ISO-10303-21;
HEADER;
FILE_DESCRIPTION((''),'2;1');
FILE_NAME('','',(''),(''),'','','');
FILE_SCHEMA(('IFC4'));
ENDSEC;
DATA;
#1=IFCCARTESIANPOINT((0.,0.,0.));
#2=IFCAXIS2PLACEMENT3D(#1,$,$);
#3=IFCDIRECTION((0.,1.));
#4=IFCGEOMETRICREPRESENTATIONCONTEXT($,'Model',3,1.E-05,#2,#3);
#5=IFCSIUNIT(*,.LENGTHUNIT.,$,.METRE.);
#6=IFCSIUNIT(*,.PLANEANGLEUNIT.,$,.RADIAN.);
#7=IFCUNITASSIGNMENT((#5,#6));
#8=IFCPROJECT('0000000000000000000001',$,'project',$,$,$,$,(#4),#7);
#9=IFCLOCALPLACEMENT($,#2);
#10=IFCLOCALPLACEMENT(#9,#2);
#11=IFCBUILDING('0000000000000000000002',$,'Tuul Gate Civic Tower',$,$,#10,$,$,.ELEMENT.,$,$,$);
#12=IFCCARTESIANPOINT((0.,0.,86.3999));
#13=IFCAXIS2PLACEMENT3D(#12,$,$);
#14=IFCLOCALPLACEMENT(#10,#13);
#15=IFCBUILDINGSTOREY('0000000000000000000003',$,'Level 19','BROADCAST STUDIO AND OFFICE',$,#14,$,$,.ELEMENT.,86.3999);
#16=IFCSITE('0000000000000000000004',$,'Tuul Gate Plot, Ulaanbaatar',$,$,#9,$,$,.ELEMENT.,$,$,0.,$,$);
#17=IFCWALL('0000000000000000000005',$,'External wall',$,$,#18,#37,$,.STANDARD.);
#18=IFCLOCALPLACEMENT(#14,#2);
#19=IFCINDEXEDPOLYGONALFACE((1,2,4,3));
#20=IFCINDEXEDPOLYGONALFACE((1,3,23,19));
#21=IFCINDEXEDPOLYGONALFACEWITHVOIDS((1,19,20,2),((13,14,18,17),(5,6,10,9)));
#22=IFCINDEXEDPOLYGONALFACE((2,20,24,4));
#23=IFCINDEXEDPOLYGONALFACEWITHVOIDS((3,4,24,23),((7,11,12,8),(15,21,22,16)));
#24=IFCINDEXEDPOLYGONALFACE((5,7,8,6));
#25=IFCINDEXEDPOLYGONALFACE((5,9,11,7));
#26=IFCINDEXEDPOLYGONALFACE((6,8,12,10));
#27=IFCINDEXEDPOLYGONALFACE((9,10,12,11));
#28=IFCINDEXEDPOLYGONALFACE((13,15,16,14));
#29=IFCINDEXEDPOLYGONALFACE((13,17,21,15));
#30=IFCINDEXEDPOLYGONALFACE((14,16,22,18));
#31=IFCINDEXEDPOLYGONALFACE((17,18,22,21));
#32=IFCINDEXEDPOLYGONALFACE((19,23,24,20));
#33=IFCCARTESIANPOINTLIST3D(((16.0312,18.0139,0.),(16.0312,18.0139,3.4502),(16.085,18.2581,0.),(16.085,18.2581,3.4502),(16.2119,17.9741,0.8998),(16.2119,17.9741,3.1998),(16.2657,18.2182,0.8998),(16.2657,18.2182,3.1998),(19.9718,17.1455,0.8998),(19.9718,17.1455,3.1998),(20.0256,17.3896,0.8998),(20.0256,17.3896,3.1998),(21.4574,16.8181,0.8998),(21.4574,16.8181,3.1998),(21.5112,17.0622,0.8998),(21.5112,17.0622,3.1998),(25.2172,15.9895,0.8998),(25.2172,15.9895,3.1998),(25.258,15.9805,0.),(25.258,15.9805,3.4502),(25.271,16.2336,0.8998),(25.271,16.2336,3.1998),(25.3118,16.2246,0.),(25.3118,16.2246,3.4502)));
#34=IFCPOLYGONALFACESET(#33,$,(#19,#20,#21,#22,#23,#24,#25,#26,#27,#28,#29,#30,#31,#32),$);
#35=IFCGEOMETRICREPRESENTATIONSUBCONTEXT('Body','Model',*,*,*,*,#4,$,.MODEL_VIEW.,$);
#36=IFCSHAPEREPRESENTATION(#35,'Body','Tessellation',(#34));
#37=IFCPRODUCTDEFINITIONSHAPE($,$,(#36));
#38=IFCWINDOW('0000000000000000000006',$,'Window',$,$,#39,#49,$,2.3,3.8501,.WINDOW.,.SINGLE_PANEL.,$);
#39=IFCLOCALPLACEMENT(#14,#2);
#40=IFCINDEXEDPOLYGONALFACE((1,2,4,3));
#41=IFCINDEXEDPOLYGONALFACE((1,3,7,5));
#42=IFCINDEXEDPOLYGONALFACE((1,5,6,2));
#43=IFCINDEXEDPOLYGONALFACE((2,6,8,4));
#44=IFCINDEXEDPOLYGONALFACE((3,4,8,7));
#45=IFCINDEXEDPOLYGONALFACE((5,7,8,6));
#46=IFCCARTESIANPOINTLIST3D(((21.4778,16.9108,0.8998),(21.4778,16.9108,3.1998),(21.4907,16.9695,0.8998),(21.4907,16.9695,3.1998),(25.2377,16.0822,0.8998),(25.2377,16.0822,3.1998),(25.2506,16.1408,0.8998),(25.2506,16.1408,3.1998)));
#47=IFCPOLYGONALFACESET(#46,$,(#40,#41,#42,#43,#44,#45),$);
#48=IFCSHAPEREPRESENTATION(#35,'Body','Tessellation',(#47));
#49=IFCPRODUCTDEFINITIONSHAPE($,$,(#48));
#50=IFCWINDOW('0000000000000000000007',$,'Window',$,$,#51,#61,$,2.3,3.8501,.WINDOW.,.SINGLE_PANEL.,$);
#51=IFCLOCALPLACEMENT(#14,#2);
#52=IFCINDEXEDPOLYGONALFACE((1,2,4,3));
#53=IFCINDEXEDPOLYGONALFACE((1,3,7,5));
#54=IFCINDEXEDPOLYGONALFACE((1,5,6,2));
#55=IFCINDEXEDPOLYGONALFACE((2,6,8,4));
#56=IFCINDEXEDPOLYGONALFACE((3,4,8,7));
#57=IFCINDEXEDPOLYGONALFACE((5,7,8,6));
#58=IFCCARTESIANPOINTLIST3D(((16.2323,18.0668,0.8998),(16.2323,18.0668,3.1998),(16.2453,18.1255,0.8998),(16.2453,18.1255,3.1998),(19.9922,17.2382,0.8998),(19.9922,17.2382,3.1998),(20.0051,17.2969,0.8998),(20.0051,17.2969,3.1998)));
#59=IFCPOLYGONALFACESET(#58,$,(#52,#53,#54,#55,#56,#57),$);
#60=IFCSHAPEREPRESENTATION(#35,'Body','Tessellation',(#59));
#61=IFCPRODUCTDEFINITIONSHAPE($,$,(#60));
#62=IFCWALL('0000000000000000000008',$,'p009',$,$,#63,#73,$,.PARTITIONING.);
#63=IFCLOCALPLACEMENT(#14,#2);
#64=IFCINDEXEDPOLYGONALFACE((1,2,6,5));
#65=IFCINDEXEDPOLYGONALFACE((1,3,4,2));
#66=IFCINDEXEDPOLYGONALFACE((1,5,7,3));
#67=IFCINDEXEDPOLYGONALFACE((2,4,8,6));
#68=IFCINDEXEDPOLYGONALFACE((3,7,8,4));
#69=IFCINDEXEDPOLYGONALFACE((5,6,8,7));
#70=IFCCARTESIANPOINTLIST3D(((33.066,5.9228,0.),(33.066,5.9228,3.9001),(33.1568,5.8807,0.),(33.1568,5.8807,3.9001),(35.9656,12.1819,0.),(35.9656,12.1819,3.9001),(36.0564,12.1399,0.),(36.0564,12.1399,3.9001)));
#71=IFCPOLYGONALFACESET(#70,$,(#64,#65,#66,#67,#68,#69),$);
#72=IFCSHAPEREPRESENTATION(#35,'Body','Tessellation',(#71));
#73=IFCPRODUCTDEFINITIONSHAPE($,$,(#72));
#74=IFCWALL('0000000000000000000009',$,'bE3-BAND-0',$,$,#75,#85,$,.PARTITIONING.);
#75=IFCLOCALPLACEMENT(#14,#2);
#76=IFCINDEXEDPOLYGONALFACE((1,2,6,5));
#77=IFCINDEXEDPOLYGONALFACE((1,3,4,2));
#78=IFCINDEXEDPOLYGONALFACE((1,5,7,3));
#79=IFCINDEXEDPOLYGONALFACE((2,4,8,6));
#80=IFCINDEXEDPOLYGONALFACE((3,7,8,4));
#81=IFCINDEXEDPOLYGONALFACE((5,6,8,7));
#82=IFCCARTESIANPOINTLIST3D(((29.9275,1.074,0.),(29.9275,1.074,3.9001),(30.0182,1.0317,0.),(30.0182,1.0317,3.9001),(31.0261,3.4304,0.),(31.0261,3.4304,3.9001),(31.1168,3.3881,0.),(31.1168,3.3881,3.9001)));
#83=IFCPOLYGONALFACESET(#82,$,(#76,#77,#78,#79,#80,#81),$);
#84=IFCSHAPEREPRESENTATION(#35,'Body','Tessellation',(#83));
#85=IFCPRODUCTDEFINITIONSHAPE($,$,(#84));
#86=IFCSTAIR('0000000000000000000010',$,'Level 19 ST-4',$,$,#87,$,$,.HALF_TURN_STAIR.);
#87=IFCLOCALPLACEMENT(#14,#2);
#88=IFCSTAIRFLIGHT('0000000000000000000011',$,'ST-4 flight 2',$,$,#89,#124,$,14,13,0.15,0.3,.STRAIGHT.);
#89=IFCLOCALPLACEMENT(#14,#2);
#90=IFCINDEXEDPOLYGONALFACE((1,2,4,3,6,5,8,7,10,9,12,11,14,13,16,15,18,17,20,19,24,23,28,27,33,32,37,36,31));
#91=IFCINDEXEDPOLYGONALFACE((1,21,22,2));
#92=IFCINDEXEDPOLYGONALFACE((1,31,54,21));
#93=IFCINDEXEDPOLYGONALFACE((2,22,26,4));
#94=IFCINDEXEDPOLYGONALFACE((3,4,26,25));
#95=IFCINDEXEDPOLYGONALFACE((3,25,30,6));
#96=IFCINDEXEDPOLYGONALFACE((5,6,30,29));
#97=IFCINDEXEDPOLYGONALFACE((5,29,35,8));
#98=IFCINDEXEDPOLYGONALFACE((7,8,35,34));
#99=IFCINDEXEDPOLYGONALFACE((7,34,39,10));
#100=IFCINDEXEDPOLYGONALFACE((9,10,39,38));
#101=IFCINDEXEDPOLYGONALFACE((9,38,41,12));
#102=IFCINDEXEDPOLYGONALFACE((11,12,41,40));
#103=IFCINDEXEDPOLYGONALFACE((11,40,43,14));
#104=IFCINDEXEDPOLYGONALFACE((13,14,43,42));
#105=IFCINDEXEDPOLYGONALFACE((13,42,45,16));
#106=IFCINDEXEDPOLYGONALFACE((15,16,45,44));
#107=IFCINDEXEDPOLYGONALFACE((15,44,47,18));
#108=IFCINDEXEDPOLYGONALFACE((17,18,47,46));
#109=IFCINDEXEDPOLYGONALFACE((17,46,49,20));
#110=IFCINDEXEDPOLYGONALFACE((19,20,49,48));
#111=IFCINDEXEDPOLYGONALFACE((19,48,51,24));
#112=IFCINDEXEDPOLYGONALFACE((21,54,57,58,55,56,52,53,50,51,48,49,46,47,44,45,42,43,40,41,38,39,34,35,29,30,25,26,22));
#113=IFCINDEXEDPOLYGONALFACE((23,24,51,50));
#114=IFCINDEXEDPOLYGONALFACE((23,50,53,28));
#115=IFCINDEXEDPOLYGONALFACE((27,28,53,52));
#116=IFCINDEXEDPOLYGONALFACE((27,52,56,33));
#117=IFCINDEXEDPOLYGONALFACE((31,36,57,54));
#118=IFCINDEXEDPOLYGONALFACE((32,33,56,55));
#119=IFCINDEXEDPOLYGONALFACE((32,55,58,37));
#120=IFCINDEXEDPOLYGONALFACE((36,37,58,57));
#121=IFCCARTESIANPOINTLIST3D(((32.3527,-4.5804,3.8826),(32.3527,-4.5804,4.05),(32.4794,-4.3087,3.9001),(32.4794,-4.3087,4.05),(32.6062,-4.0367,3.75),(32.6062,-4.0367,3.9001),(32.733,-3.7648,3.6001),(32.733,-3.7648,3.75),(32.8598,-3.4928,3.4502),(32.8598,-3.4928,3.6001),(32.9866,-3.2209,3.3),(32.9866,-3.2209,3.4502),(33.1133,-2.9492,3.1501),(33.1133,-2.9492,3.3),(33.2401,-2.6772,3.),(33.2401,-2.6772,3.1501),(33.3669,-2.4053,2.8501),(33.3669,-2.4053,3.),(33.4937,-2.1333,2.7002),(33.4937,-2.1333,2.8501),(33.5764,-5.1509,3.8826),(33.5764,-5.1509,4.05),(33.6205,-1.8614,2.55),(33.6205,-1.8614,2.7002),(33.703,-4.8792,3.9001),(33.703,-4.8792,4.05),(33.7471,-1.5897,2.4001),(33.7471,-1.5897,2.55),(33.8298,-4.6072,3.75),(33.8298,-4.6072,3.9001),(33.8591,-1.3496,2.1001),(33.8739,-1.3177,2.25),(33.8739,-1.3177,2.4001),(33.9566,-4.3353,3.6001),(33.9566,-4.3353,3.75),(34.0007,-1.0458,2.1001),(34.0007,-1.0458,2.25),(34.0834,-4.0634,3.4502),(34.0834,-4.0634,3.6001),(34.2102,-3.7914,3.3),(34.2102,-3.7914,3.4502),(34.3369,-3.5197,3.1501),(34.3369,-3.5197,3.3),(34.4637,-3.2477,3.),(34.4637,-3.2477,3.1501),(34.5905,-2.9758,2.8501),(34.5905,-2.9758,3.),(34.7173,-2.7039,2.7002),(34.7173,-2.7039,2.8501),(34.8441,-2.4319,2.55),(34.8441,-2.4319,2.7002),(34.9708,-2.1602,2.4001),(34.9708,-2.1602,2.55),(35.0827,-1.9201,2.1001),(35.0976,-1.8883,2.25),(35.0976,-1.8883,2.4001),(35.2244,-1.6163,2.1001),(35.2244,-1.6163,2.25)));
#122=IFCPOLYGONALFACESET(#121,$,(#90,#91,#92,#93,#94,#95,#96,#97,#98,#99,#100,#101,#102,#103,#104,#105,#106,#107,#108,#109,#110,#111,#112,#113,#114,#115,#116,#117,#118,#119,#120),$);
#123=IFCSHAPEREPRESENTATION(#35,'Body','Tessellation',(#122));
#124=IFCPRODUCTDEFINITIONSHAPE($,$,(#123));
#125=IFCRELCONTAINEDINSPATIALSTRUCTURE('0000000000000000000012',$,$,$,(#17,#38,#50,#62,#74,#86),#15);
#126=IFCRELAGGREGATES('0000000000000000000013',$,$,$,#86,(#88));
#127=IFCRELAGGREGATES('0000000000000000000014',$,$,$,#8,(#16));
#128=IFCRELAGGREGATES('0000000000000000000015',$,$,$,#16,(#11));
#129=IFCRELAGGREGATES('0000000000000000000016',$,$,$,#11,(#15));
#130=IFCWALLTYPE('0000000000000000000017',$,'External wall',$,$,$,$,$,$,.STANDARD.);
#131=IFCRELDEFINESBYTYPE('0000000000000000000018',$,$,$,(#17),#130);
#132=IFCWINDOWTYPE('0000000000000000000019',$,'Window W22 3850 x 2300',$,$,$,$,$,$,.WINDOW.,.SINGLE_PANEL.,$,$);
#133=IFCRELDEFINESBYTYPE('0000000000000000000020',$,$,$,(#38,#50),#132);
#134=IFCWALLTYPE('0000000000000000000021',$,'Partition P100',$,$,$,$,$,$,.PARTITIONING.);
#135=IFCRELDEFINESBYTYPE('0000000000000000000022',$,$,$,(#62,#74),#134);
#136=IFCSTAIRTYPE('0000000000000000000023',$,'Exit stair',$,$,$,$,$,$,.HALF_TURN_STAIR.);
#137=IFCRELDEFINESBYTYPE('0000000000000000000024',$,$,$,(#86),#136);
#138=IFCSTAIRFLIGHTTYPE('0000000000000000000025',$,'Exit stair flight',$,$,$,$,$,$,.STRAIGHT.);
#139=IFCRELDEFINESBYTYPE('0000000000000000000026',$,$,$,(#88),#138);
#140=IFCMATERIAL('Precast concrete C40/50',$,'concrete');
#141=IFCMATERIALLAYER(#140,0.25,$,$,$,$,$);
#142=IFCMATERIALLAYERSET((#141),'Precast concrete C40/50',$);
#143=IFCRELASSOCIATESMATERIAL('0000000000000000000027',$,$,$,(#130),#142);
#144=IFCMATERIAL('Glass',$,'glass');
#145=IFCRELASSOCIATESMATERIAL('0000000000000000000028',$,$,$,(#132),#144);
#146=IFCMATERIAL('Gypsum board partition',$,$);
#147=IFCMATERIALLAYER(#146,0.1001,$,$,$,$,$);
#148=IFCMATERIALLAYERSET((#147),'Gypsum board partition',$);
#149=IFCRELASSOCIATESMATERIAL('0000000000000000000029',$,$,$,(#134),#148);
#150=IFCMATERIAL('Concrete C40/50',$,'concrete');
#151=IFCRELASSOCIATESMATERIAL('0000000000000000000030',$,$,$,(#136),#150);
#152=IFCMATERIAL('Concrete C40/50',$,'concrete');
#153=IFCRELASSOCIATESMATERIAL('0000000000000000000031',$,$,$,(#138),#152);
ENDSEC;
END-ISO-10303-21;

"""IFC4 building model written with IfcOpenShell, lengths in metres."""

from ifc_helpers import new_model, si_unit, direction, frame, frame_2d, origin, place, context, subcontext, project, spatial, polyline, rectangle, outline, extrude, material, layer, layer_set, type_object, element, fill, aggregate, save


model = new_model("IFC4")

# Units and contexts
model_context = context("Model", 3, precision=1e-05, world=origin(), true_north=direction((0.0, 1.0)))
body_context = subcontext(model_context, "Body", "Model", "MODEL_VIEW")
ifc_project = project(units=[si_unit("LENGTHUNIT", "METRE"), si_unit("PLANEANGLEUNIT", "RADIAN")], contexts=[model_context])

# Site, building, storey
site_placement = place(None, origin())
site = spatial("IfcSite", under=ifc_project, at=site_placement, Name="Tuul Gate Plot, Ulaanbaatar", CompositionType="ELEMENT", RefElevation=0.0)
building_placement = place(site_placement, origin())
building = spatial("IfcBuilding", under=site, at=building_placement, Name="Tuul Gate Civic Tower", CompositionType="ELEMENT")
storey_placement = place(building_placement, frame((0.0, 0.0, 86.3999)))
storey = spatial("IfcBuildingStorey", under=building, at=storey_placement, Name="Level 19", Description="BROADCAST STUDIO AND OFFICE", CompositionType="ELEMENT", Elevation=86.3999)

# Wall, openings, windows
ifc_material_1 = material(Name="Precast concrete C40/50", Category="concrete")
ifc_layer_1 = layer(ifc_material_1, 0.25)
ifc_layer_set_1 = layer_set([ifc_layer_1], Name="Precast concrete C40/50")
wall_type_1 = type_object("IfcWallType", Name="External wall", PredefinedType="STANDARD", material=ifc_layer_set_1)
ifc_material_2 = material(Name="Glass", Category="glass")
window_type_1 = type_object("IfcWindowType", Name="Window W22 3850 x 2300", PartitioningType="SINGLE_PANEL", PredefinedType="WINDOW", material=ifc_material_2)
wall_1_placement = place(storey_placement, frame((25.2849, 16.1025, 0.0), z_axis=(0.0, 0.0, 1.0), x_axis=(-0.976566, 0.21522, 0.0)))
wall_1 = element("IfcWall", 1, at=wall_1_placement, inside=storey, type_object=wall_type_1, Name="External wall", PredefinedType="STANDARD", context=body_context, shape_type="SweptSolid", body=[
    extrude(rectangle(XDim=9.4482, YDim=0.25, at=frame_2d((4.7241, 0.0))), origin(), (0.0, 0.0, 1.0), 3.4502),
])
opening_1_placement = place(wall_1_placement, frame((0.0417, 0.0, 0.8999)))
opening_1 = element("IfcOpeningElement", 2, at=opening_1_placement, cuts=wall_1, PredefinedType="OPENING", context=body_context, shape_type="SweptSolid", body=[
    extrude(rectangle(XDim=3.8501, YDim=2.3, at=frame_2d((1.925, 1.1499))), frame((0.0, 0.135, 0.0), z_axis=(0.0, -1.0, 0.0), x_axis=(1.0, 0.0, 0.0)), (0.0, 0.0, 1.0), 0.27),
])
opening_2_placement = place(wall_1_placement, frame((5.4131, 0.0, 0.8999)))
opening_2 = element("IfcOpeningElement", 3, at=opening_2_placement, cuts=wall_1, PredefinedType="OPENING", context=body_context, shape_type="SweptSolid", body=[
    extrude(rectangle(XDim=3.8501, YDim=2.3, at=frame_2d((1.925, 1.1499))), frame((0.0, 0.135, 0.0), z_axis=(0.0, -1.0, 0.0), x_axis=(1.0, 0.0, 0.0)), (0.0, 0.0, 1.0), 0.27),
])
window_1_placement = place(opening_1_placement, origin())
window_1 = element("IfcWindow", 4, at=window_1_placement, inside=storey, type_object=window_type_1, Name="Window", OverallHeight=2.3, OverallWidth=3.8501, PartitioningType="SINGLE_PANEL", PredefinedType="WINDOW", context=body_context, shape_type="SweptSolid", body=[
    extrude(rectangle(XDim=3.8501, YDim=2.3, at=frame_2d((1.925, 1.1499))), frame((0.0, 0.03, 0.0), z_axis=(0.0, -1.0, 0.0), x_axis=(1.0, 0.0, 0.0)), (0.0, 0.0, 1.0), 0.0601),
])
fill(opening_1, window_1)
window_2_placement = place(opening_2_placement, origin())
window_2 = element("IfcWindow", 5, at=window_2_placement, inside=storey, type_object=window_type_1, Name="Window", OverallHeight=2.3, OverallWidth=3.8501, PartitioningType="SINGLE_PANEL", PredefinedType="WINDOW", context=body_context, shape_type="SweptSolid", body=[
    extrude(rectangle(XDim=3.8501, YDim=2.3, at=frame_2d((1.925, 1.1499))), frame((0.0, 0.03, 0.0), z_axis=(0.0, -1.0, 0.0), x_axis=(1.0, 0.0, 0.0)), (0.0, 0.0, 1.0), 0.0601),
])
fill(opening_2, window_2)

# Walls
ifc_material_3 = material(Name="Gypsum board partition")
ifc_layer_2 = layer(ifc_material_3, 0.1001)
ifc_layer_set_2 = layer_set([ifc_layer_2], Name="Gypsum board partition")
wall_type_2 = type_object("IfcWallType", Name="Partition P100", PredefinedType="PARTITIONING", material=ifc_layer_set_2)
wall_2_placement = place(storey_placement, frame((33.1113, 5.9016, 0.0), z_axis=(0.0, 0.0, 1.0), x_axis=(0.420344, 0.907365, 0.0)))
element("IfcWall", 6, at=wall_2_placement, inside=storey, type_object=wall_type_2, Name="p009", PredefinedType="PARTITIONING", context=body_context, shape_type="SweptSolid", body=[
    extrude(rectangle(XDim=6.8982, YDim=0.1001, at=frame_2d((3.4492, 0.0))), origin(), (0.0, 0.0, 1.0), 3.9001),
])
wall_3_placement = place(storey_placement, frame((29.9729, 1.053, 0.0), z_axis=(0.0, 0.0, 1.0), x_axis=(0.422556, 0.906337, 0.0)))
element("IfcWall", 7, at=wall_3_placement, inside=storey, type_object=wall_type_2, Name="bE3-BAND-0", PredefinedType="PARTITIONING", context=body_context, shape_type="SweptSolid", body=[
    extrude(rectangle(XDim=2.5999, YDim=0.1001, at=frame_2d((1.2998, 0.0))), origin(), (0.0, 0.0, 1.0), 3.9001),
])

# Stair, stair flight
ifc_material_4 = material(Name="Concrete C40/50", Category="concrete")
stair_type = type_object("IfcStairType", Name="Exit stair", PredefinedType="HALF_TURN_STAIR", material=ifc_material_4)
stair_placement = place(storey_placement, origin())
stair = element("IfcStair", 8, at=stair_placement, inside=storey, type_object=stair_type, Name="Level 19 ST-4", PredefinedType="HALF_TURN_STAIR")
ifc_material_5 = material(Name="Concrete C40/50", Category="concrete")
stair_flight_type = type_object("IfcStairFlightType", Name="Exit stair flight", PredefinedType="STRAIGHT", material=ifc_material_5)
stair_flight_placement = place(storey_placement, frame((34.6125, -1.3311, 2.1001), z_axis=(0.0, 0.0, 1.0), x_axis=(-0.422576, -0.906327, 0.0)))
stair_flight = element("IfcStairFlight", 9, at=stair_flight_placement, type_object=stair_flight_type, Name="ST-4 flight 2", NumberOfRisers=14, NumberOfTreads=13, PredefinedType="STRAIGHT", RiserHeight=0.15, TreadLength=0.3, context=body_context, shape_type="SweptSolid", body=[
    extrude(outline(polyline([(0.0, 0.0), (0.0, 0.1499), (0.3, 0.1499), (0.3, 0.3), (0.6001, 0.3), (0.6001, 0.45), (0.8999, 0.45), (0.8999, 0.6001), (1.2, 0.6001), (1.2, 0.75), (1.5, 0.75), (1.5, 0.8999), (1.8, 0.8999), (1.8, 1.05), (2.1001, 1.05), (2.1001, 1.2), (2.3999, 1.2), (2.3999, 1.3501), (2.7, 1.3501), (2.7, 1.5), (3.0, 1.5), (3.0, 1.6499), (3.3, 1.6499), (3.3, 1.8), (3.6001, 1.8), (3.6001, 1.95), (3.8999, 1.95), (3.8999, 2.1001), (3.8999, 1.7825), (0.3352, 0.0), (0.0, 0.0)])), frame((0.0, 0.675, 0.0), z_axis=(0.0, -1.0, 0.0), x_axis=(1.0, 0.0, 0.0)), (0.0, 0.0, 1.0), 1.3501),
])
aggregate(stair, [stair_flight])

save(model, "model.ifc")
